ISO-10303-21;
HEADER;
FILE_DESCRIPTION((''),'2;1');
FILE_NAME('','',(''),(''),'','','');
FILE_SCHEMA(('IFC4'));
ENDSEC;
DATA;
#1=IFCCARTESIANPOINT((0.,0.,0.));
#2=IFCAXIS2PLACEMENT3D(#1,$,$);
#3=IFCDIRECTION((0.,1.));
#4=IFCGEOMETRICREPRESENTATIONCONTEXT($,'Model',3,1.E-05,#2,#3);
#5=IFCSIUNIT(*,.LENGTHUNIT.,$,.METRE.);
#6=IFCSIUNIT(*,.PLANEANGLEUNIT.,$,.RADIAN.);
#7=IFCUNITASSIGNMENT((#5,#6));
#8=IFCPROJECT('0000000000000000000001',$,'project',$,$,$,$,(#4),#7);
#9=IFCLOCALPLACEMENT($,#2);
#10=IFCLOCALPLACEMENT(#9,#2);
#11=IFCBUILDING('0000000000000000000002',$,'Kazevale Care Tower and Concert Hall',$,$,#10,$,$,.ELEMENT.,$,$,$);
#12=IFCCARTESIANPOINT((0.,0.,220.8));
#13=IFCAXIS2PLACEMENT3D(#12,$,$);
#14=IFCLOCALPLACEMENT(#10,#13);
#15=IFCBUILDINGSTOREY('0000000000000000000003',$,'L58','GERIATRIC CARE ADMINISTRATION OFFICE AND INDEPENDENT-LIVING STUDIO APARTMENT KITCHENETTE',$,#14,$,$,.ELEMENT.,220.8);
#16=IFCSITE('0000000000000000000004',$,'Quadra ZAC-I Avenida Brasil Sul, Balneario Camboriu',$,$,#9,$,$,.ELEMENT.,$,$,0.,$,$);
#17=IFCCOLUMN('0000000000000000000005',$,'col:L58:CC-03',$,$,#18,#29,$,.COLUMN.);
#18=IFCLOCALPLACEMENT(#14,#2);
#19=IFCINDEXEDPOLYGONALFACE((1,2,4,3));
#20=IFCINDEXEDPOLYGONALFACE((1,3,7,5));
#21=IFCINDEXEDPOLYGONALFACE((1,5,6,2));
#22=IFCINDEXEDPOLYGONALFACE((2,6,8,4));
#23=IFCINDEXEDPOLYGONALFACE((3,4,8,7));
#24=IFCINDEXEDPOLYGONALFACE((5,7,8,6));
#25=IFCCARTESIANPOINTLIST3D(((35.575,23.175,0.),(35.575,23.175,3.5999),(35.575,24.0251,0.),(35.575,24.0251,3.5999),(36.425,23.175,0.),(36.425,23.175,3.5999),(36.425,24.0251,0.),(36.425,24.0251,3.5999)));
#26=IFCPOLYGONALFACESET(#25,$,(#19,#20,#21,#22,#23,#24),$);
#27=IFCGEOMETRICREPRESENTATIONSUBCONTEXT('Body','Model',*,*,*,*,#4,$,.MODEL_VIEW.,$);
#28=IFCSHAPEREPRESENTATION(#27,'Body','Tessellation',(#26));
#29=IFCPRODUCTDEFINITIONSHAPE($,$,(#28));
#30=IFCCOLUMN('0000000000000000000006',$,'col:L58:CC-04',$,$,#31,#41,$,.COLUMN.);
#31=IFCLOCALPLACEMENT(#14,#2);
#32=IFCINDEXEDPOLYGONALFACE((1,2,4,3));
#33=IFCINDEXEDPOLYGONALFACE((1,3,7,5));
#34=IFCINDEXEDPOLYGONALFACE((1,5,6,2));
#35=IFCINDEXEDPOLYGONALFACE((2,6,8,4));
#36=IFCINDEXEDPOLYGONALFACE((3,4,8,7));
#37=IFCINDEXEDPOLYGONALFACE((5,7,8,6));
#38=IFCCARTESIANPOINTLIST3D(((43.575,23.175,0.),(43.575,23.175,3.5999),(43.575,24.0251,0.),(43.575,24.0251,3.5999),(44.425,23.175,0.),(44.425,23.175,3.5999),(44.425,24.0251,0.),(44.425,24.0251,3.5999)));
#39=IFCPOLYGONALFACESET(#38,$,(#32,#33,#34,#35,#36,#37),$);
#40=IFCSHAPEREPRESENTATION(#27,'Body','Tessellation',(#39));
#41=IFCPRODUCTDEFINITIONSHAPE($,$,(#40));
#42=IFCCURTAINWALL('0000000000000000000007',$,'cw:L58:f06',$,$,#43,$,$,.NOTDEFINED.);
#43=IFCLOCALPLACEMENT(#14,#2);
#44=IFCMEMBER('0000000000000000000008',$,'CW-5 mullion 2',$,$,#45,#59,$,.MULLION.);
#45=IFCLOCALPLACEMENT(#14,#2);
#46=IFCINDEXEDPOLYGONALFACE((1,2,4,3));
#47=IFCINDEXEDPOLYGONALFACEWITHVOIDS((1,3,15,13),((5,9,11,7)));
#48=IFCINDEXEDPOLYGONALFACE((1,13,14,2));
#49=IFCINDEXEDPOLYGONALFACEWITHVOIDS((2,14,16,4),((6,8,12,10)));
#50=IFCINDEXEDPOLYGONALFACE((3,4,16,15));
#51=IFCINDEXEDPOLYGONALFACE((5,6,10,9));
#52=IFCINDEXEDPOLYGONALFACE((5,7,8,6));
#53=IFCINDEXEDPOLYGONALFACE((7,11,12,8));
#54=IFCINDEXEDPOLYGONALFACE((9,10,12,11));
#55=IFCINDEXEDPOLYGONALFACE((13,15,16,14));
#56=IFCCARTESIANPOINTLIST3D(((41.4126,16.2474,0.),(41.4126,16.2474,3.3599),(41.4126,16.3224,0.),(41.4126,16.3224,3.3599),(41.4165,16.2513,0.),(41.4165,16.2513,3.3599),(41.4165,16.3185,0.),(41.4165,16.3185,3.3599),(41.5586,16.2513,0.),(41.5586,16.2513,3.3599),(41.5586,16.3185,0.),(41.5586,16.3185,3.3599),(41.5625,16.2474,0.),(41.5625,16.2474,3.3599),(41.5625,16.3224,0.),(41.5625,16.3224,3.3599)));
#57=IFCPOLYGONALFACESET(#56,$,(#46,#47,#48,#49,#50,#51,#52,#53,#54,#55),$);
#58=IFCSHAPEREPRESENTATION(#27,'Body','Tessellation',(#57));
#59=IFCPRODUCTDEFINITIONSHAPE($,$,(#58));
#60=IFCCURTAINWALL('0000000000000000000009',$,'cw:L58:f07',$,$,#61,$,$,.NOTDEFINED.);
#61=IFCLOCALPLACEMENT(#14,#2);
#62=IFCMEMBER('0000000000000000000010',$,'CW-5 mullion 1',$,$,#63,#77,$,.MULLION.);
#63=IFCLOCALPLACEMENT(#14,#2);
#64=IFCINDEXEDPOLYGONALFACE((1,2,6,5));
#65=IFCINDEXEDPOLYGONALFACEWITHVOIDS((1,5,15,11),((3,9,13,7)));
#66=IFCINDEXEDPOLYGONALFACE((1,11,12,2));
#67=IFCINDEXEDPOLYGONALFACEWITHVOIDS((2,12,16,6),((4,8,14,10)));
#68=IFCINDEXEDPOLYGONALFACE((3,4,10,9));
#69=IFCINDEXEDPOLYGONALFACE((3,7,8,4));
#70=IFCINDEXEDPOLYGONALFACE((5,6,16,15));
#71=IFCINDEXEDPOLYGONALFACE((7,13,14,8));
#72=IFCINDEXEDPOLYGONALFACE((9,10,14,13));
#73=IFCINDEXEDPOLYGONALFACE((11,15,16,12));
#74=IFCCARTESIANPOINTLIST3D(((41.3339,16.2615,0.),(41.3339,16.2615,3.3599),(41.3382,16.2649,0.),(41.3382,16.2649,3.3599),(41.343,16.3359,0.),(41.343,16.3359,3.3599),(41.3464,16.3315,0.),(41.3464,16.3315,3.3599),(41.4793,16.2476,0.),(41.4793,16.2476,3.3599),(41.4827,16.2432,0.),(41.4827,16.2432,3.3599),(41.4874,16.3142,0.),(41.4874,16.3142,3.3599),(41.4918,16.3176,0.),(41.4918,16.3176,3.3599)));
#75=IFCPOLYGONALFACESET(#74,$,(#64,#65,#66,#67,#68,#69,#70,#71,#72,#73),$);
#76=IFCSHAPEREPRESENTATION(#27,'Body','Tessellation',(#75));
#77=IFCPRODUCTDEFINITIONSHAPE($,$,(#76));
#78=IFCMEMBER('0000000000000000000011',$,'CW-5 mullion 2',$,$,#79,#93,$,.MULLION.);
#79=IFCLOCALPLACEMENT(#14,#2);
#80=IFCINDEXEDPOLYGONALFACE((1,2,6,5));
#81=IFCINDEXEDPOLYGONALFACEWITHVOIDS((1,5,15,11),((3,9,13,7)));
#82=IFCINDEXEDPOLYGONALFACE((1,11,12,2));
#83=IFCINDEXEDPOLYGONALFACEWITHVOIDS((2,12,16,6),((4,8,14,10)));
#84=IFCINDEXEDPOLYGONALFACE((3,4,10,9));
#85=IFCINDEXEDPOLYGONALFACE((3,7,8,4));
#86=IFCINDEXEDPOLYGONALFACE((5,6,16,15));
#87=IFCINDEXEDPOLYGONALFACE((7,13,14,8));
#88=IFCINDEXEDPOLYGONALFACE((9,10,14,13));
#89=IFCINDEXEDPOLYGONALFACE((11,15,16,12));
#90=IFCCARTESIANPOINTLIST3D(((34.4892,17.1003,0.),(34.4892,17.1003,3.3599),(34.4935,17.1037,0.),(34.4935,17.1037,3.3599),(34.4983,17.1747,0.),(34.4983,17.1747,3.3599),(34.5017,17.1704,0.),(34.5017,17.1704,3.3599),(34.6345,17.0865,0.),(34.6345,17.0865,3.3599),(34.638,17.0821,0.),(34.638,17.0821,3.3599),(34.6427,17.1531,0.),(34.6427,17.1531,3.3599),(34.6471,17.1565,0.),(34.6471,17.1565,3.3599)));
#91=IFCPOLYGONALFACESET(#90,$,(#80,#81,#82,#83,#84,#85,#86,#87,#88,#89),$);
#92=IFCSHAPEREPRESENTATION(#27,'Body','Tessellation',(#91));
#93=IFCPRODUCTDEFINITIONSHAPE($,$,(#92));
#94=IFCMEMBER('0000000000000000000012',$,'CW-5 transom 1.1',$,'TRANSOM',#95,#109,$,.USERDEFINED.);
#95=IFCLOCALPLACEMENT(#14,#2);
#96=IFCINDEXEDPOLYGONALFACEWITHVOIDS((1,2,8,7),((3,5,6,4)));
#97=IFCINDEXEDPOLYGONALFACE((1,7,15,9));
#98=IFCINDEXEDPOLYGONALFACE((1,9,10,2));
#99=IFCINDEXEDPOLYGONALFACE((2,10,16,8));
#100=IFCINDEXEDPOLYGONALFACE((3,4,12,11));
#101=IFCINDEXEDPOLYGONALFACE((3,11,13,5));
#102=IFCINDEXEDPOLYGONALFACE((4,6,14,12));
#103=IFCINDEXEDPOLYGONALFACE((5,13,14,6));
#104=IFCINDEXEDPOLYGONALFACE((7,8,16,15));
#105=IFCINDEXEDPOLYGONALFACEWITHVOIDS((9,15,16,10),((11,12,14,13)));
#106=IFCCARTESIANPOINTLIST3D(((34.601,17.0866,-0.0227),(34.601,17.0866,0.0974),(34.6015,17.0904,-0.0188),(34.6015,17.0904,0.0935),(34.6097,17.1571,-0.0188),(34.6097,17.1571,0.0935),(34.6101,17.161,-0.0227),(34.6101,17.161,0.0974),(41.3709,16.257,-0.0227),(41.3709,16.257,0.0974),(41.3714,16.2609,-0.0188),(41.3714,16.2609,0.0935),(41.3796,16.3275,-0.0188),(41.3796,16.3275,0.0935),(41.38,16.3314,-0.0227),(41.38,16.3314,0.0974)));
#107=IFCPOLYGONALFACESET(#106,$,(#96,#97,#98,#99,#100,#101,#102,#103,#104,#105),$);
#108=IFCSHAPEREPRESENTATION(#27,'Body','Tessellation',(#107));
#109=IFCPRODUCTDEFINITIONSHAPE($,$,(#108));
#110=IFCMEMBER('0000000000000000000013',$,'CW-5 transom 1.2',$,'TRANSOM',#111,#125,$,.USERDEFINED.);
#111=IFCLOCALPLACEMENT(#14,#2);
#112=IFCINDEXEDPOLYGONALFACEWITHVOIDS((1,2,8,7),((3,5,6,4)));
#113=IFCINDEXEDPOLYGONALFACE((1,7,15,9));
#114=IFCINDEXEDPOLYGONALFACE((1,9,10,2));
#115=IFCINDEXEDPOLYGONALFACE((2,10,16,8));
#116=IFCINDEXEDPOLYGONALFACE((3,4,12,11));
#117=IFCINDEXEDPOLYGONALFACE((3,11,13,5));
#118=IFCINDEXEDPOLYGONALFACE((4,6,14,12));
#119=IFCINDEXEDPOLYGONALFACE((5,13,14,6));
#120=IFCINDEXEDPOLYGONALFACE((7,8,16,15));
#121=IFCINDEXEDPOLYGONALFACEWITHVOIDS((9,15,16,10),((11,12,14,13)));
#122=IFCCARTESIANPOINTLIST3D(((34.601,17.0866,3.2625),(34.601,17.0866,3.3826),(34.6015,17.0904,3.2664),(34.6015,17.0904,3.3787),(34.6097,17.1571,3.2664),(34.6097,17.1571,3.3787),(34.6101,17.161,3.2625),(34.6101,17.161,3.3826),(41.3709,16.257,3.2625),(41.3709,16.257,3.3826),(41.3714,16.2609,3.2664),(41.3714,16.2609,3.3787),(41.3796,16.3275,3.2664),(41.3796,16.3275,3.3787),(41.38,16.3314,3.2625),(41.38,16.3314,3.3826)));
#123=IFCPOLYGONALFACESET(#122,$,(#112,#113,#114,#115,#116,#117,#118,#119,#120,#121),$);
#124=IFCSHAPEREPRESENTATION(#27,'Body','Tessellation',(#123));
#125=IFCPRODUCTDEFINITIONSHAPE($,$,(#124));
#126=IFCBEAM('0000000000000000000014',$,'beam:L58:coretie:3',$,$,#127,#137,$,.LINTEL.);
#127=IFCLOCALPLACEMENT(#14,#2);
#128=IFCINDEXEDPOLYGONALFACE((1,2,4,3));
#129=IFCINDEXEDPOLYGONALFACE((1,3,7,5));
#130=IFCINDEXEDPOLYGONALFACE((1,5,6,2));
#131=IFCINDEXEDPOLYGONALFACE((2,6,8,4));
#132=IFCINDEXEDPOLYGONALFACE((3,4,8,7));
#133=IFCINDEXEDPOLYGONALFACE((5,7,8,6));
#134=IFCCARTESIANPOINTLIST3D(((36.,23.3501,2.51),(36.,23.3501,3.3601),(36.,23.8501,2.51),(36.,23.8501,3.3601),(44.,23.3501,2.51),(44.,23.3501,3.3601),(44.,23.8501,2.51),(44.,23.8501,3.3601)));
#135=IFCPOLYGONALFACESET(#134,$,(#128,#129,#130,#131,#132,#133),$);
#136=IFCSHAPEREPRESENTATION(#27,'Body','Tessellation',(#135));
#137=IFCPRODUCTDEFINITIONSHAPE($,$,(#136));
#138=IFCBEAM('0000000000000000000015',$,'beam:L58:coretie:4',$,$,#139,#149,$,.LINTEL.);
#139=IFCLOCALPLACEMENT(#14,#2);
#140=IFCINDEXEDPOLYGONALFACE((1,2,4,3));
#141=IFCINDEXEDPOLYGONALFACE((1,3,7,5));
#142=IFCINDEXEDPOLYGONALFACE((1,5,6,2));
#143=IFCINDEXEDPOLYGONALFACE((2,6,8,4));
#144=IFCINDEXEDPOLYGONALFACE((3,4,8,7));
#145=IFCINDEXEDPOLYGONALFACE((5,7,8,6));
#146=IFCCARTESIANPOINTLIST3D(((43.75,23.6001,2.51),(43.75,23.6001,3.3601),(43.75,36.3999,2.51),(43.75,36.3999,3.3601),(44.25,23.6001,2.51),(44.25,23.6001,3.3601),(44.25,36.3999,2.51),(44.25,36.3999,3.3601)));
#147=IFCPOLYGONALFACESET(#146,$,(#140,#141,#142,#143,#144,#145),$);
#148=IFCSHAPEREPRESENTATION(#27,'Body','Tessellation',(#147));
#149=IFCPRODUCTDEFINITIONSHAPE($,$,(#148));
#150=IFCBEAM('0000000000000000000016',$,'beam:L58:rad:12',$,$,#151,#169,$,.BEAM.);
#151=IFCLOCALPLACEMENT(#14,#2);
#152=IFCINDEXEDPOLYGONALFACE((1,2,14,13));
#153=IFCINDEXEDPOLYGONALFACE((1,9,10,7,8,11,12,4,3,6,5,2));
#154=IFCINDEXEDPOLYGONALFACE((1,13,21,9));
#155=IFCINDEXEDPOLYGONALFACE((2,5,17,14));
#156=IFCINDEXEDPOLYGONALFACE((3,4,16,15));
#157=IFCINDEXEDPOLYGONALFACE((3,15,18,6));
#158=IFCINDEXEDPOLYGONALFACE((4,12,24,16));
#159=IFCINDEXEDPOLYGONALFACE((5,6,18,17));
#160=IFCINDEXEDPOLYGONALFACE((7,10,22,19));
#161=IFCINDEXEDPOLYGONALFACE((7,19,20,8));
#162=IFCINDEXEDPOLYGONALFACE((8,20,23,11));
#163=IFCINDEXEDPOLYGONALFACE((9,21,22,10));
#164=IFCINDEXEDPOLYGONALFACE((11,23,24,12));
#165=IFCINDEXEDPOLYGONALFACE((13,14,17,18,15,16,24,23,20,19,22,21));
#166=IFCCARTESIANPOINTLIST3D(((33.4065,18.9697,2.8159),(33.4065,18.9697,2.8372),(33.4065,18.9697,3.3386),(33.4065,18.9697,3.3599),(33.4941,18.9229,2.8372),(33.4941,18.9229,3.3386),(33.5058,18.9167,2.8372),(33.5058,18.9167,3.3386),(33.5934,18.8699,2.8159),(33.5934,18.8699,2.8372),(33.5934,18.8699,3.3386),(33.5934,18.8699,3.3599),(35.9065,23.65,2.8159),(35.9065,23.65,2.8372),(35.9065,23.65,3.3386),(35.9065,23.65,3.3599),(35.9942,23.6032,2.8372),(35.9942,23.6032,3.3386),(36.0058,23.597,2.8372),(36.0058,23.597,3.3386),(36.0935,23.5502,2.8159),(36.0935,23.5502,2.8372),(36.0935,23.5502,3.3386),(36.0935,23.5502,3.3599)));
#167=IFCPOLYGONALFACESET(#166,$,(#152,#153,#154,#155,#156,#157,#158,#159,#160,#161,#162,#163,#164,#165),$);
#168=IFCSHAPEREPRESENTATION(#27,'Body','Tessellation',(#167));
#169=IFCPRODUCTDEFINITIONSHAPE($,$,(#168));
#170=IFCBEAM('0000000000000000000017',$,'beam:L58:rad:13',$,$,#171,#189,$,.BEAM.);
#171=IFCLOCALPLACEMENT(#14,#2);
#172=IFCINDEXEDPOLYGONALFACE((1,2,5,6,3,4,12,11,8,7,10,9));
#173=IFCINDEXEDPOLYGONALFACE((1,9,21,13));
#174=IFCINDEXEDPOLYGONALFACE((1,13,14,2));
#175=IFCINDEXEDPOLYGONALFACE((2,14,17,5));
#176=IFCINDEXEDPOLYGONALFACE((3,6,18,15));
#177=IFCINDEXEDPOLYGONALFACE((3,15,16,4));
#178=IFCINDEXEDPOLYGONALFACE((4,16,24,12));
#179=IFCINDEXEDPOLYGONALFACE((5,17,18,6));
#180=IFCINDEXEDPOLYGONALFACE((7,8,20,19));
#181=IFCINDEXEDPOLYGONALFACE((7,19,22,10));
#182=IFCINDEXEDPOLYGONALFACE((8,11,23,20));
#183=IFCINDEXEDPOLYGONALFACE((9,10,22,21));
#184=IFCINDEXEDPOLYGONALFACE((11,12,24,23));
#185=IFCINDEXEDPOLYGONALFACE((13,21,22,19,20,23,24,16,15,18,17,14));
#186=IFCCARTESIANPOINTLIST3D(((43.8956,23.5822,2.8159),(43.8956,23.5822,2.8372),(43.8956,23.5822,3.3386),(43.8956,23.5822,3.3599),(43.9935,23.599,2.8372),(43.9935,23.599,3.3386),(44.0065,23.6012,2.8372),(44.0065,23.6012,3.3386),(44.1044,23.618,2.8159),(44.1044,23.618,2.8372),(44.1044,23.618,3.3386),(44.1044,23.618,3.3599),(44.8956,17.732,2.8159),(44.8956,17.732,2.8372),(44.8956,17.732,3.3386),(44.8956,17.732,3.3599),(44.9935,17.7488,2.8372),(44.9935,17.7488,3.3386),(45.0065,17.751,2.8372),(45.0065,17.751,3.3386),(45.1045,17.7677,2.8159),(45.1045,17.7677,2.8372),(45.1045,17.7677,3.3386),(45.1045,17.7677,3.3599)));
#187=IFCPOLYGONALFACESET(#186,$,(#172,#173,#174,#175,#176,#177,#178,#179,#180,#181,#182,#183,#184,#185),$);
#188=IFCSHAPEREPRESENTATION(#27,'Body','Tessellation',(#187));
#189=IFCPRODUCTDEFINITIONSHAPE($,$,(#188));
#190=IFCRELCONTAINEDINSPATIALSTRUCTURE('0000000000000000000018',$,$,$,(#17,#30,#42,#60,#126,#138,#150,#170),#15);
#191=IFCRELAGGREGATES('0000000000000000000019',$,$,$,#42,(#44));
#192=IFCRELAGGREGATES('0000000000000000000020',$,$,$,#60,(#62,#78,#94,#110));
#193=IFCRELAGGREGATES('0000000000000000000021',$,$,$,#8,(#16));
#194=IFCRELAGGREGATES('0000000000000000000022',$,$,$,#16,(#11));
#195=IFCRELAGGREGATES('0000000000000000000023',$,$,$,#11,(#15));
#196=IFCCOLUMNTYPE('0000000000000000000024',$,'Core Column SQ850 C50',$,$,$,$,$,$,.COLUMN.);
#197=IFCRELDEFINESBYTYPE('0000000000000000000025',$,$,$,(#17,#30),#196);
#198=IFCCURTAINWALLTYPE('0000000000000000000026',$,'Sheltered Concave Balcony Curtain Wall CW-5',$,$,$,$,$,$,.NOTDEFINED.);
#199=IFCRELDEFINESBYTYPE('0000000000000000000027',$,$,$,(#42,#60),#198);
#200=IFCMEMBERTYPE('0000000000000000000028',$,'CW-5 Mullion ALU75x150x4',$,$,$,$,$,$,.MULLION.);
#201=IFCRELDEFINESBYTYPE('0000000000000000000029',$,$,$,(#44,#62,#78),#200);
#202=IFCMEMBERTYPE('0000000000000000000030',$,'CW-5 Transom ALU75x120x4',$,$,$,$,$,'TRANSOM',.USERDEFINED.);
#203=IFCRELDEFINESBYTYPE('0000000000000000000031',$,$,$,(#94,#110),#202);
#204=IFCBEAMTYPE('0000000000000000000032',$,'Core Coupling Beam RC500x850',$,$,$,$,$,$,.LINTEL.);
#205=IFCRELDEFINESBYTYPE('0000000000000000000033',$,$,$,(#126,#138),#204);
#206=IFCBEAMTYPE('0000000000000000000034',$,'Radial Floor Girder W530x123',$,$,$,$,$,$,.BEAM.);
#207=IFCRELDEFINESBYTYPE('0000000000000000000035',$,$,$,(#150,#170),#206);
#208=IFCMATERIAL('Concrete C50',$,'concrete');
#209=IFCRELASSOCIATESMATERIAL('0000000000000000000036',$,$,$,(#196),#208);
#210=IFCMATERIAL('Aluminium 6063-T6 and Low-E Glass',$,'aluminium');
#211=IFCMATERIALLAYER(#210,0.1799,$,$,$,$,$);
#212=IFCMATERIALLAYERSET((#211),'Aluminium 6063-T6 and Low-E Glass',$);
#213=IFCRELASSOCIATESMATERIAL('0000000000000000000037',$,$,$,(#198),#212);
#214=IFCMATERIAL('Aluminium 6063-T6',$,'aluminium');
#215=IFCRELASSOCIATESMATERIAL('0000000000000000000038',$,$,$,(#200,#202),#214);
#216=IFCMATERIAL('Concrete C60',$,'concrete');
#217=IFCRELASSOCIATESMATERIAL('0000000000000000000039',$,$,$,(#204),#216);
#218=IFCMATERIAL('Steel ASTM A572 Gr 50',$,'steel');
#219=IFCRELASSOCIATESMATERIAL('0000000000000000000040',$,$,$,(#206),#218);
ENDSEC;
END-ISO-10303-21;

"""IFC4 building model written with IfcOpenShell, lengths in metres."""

from ifc_helpers import new_model, si_unit, direction, frame, origin, origin_2d, place, context, subcontext, project, spatial, rectangle, hollow_rectangle, i_section, extrude, material, layer, layer_set, material_profile, profile_set, type_object, element, aggregate, save


model = new_model("IFC4")

# Units and contexts
model_context = context("Model", 3, precision=1e-05, world=origin(), true_north=direction((0.0, 1.0)))
body_context = subcontext(model_context, "Body", "Model", "MODEL_VIEW")
ifc_project = project(units=[si_unit("LENGTHUNIT", "METRE"), si_unit("PLANEANGLEUNIT", "RADIAN")], contexts=[model_context])

# Site, building, storey
site_placement = place(None, origin())
site = spatial("IfcSite", under=ifc_project, at=site_placement, Name="Quadra ZAC-I Avenida Brasil Sul, Balneario Camboriu", CompositionType="ELEMENT", RefElevation=0.0)
building_placement = place(site_placement, origin())
building = spatial("IfcBuilding", under=site, at=building_placement, Name="Kazevale Care Tower and Concert Hall", CompositionType="ELEMENT")
storey_placement = place(building_placement, frame((0.0, 0.0, 220.8)))
storey = spatial("IfcBuildingStorey", under=building, at=storey_placement, Name="L58", Description="GERIATRIC CARE ADMINISTRATION OFFICE AND INDEPENDENT-LIVING STUDIO APARTMENT KITCHENETTE", CompositionType="ELEMENT", Elevation=220.8)

# Columns
ifc_material_1 = material(Name="Concrete C50", Category="concrete")
ifc_material_profile_1 = material_profile(ifc_material_1, rectangle(XDim=0.8501, YDim=0.8501, at=origin_2d()), Name="RC-SQ850")
ifc_profile_set_1 = profile_set([ifc_material_profile_1], Name="Concrete C50")
column_type = type_object("IfcColumnType", Name="Core Column SQ850 C50", PredefinedType="COLUMN", material=ifc_profile_set_1)
for number, where, z_axis, x_axis, name in (
    (1, (36.0, 23.6001, 0.0), (0.0, 0.0, 1.0), (1.0, 0.0, 0.0), "col:L58:CC-03"),
    (2, (44.0, 23.6001, 0.0), (0.0, 0.0, 1.0), (1.0, 0.0, 0.0), "col:L58:CC-04"),
):
    element("IfcColumn", number, at=place(storey_placement, frame(where, z_axis=z_axis, x_axis=x_axis)), inside=storey, type_object=column_type, Name=name, PredefinedType="COLUMN", context=body_context, shape_type="SweptSolid", body=[
        extrude(rectangle(XDim=0.8501, YDim=0.8501, at=origin_2d()), origin(), (0.0, 0.0, 1.0), 3.5999),
    ])

# Curtain wall, member
ifc_material_2 = material(Name="Aluminium 6063-T6 and Low-E Glass", Category="aluminium")
ifc_layer_1 = layer(ifc_material_2, 0.1799)
ifc_layer_set_1 = layer_set([ifc_layer_1], Name="Aluminium 6063-T6 and Low-E Glass")
curtain_wall_type = type_object("IfcCurtainWallType", Name="Sheltered Concave Balcony Curtain Wall CW-5", PredefinedType="NOTDEFINED", material=ifc_layer_set_1)
curtain_wall_1_placement = place(storey_placement, origin())
curtain_wall_1 = element("IfcCurtainWall", 3, at=curtain_wall_1_placement, inside=storey, type_object=curtain_wall_type, Name="cw:L58:f06", PredefinedType="NOTDEFINED")
ifc_material_3 = material(Name="Aluminium 6063-T6", Category="aluminium")
ifc_material_profile_2 = material_profile(ifc_material_3, hollow_rectangle(XDim=0.075, YDim=0.1499, WallThickness=0.0039, at=origin_2d()), Name="ALU75x150x4")
ifc_profile_set_2 = profile_set([ifc_material_profile_2], Name="Aluminium 6063-T6")
member_type_1 = type_object("IfcMemberType", Name="CW-5 Mullion ALU75x150x4", PredefinedType="MULLION", material=ifc_profile_set_2)
member_1_placement = place(storey_placement, frame((41.4875, 16.2849, 0.0), z_axis=(0.0, 0.0, 1.0), x_axis=(0.0, -1.0, 0.0)))
member_1 = element("IfcMember", 4, at=member_1_placement, type_object=member_type_1, Name="CW-5 mullion 2", PredefinedType="MULLION", context=body_context, shape_type="SweptSolid", body=[
    extrude(hollow_rectangle(XDim=0.075, YDim=0.1499, WallThickness=0.0039, at=origin_2d()), origin(), (0.0, 0.0, 1.0), 3.3599),
])
aggregate(curtain_wall_1, [member_1])

# Curtain wall, members
curtain_wall_2_placement = place(storey_placement, origin())
curtain_wall_2 = element("IfcCurtainWall", 5, at=curtain_wall_2_placement, inside=storey, type_object=curtain_wall_type, Name="cw:L58:f07", PredefinedType="NOTDEFINED")
member_2_placement = place(storey_placement, frame((41.4128, 16.2896, 0.0), z_axis=(0.0, 0.0, 1.0), x_axis=(-0.121651, -0.992573, 0.0)))
member_2 = element("IfcMember", 6, at=member_2_placement, type_object=member_type_1, Name="CW-5 mullion 1", PredefinedType="MULLION", context=body_context, shape_type="SweptSolid", body=[
    extrude(hollow_rectangle(XDim=0.075, YDim=0.1499, WallThickness=0.0039, at=origin_2d()), origin(), (0.0, 0.0, 1.0), 3.3599),
])
member_3_placement = place(storey_placement, frame((34.5681, 17.1284, 0.0), z_axis=(0.0, 0.0, 1.0), x_axis=(-0.121651, -0.992573, 0.0)))
member_3 = element("IfcMember", 7, at=member_3_placement, type_object=member_type_1, Name="CW-5 mullion 2", PredefinedType="MULLION", context=body_context, shape_type="SweptSolid", body=[
    extrude(hollow_rectangle(XDim=0.075, YDim=0.1499, WallThickness=0.0039, at=origin_2d()), origin(), (0.0, 0.0, 1.0), 3.3599),
])
ifc_material_profile_3 = material_profile(ifc_material_3, hollow_rectangle(XDim=0.075, YDim=0.1201, WallThickness=0.0039, at=origin_2d()), Name="ALU75x120x4")
ifc_profile_set_3 = profile_set([ifc_material_profile_3], Name="Aluminium 6063-T6")
member_type_2 = type_object("IfcMemberType", Name="CW-5 Transom ALU75x120x4", ElementType="TRANSOM", PredefinedType="USERDEFINED", material=ifc_profile_set_3)
member_4_placement = place(storey_placement, frame((41.3755, 16.2942, 0.0374), z_axis=(-0.992576, 0.121629, 0.0), x_axis=(-0.121629, -0.992576, 0.0)))
member_4 = element("IfcMember", 8, at=member_4_placement, type_object=member_type_2, Name="CW-5 transom 1.1", ObjectType="TRANSOM", PredefinedType="USERDEFINED", context=body_context, shape_type="SweptSolid", body=[
    extrude(hollow_rectangle(XDim=0.075, YDim=0.1201, WallThickness=0.0039, at=origin_2d()), origin(), (0.0, 0.0, 1.0), 6.8206),
])
member_5_placement = place(storey_placement, frame((41.3755, 16.2942, 3.3225), z_axis=(-0.992576, 0.121629, 0.0), x_axis=(-0.121629, -0.992576, 0.0)))
member_5 = element("IfcMember", 9, at=member_5_placement, type_object=member_type_2, Name="CW-5 transom 1.2", ObjectType="TRANSOM", PredefinedType="USERDEFINED", context=body_context, shape_type="SweptSolid", body=[
    extrude(hollow_rectangle(XDim=0.075, YDim=0.1201, WallThickness=0.0039, at=origin_2d()), origin(), (0.0, 0.0, 1.0), 6.8206),
])

# Beams
ifc_material_4 = material(Name="Concrete C60", Category="concrete")
ifc_material_profile_4 = material_profile(ifc_material_4, rectangle(XDim=0.5, YDim=0.8501, at=origin_2d()), Name="RC-B500x850")
ifc_profile_set_4 = profile_set([ifc_material_profile_4], Name="Concrete C60")
beam_type_1 = type_object("IfcBeamType", Name="Core Coupling Beam RC500x850", PredefinedType="LINTEL", material=ifc_profile_set_4)
beam_1_placement = place(storey_placement, frame((36.0, 23.6001, 2.9351), z_axis=(1.0, 0.0, 0.0), x_axis=(0.0, 1.0, 0.0)))
element("IfcBeam", 10, at=beam_1_placement, inside=storey, type_object=beam_type_1, Name="beam:L58:coretie:3", PredefinedType="LINTEL", context=body_context, shape_type="SweptSolid", body=[
    extrude(rectangle(XDim=0.5, YDim=0.8501, at=origin_2d()), origin(), (0.0, 0.0, 1.0), 8.0),
])
beam_2_placement = place(storey_placement, frame((44.0, 23.6001, 2.9351), z_axis=(0.0, 1.0, 0.0), x_axis=(-1.0, 0.0, 0.0)))
element("IfcBeam", 11, at=beam_2_placement, inside=storey, type_object=beam_type_1, Name="beam:L58:coretie:4", PredefinedType="LINTEL", context=body_context, shape_type="SweptSolid", body=[
    extrude(rectangle(XDim=0.5, YDim=0.8501, at=origin_2d()), origin(), (0.0, 0.0, 1.0), 12.7998),
])
ifc_material_5 = material(Name="Steel ASTM A572 Gr 50", Category="steel")
ifc_material_profile_5 = material_profile(ifc_material_5, i_section(OverallWidth=0.2119, OverallDepth=0.5439, WebThickness=0.0132, FlangeThickness=0.0212, at=origin_2d()), Name="W530x123")
ifc_profile_set_5 = profile_set([ifc_material_profile_5], Name="Steel ASTM A572 Gr 50")
beam_type_2 = type_object("IfcBeamType", Name="Radial Floor Girder W530x123", PredefinedType="BEAM", material=ifc_profile_set_5)
beam_3_placement = place(storey_placement, frame((36.0, 23.6001, 3.0879), z_axis=(-0.471161, -0.882047, 0.0), x_axis=(0.882047, -0.471161, 0.0)))
element("IfcBeam", 12, at=beam_3_placement, inside=storey, type_object=beam_type_2, Name="beam:L58:rad:12", PredefinedType="BEAM", context=body_context, shape_type="SweptSolid", body=[
    extrude(i_section(OverallWidth=0.2119, OverallDepth=0.5439, WebThickness=0.0132, FlangeThickness=0.0212, at=origin_2d()), origin(), (0.0, 0.0, 1.0), 5.3062),
])
beam_4_placement = place(storey_placement, frame((44.0, 23.6001, 3.0879), z_axis=(0.168493, -0.985703, 0.0), x_axis=(0.985703, 0.168493, 0.0)))
element("IfcBeam", 13, at=beam_4_placement, inside=storey, type_object=beam_type_2, Name="beam:L58:rad:13", PredefinedType="BEAM", context=body_context, shape_type="SweptSolid", body=[
    extrude(i_section(OverallWidth=0.2119, OverallDepth=0.5439, WebThickness=0.0132, FlangeThickness=0.0212, at=origin_2d()), origin(), (0.0, 0.0, 1.0), 5.9351),
])

aggregate(curtain_wall_2, [member_2, member_3, member_4, member_5])

save(model, "model.ifc")
